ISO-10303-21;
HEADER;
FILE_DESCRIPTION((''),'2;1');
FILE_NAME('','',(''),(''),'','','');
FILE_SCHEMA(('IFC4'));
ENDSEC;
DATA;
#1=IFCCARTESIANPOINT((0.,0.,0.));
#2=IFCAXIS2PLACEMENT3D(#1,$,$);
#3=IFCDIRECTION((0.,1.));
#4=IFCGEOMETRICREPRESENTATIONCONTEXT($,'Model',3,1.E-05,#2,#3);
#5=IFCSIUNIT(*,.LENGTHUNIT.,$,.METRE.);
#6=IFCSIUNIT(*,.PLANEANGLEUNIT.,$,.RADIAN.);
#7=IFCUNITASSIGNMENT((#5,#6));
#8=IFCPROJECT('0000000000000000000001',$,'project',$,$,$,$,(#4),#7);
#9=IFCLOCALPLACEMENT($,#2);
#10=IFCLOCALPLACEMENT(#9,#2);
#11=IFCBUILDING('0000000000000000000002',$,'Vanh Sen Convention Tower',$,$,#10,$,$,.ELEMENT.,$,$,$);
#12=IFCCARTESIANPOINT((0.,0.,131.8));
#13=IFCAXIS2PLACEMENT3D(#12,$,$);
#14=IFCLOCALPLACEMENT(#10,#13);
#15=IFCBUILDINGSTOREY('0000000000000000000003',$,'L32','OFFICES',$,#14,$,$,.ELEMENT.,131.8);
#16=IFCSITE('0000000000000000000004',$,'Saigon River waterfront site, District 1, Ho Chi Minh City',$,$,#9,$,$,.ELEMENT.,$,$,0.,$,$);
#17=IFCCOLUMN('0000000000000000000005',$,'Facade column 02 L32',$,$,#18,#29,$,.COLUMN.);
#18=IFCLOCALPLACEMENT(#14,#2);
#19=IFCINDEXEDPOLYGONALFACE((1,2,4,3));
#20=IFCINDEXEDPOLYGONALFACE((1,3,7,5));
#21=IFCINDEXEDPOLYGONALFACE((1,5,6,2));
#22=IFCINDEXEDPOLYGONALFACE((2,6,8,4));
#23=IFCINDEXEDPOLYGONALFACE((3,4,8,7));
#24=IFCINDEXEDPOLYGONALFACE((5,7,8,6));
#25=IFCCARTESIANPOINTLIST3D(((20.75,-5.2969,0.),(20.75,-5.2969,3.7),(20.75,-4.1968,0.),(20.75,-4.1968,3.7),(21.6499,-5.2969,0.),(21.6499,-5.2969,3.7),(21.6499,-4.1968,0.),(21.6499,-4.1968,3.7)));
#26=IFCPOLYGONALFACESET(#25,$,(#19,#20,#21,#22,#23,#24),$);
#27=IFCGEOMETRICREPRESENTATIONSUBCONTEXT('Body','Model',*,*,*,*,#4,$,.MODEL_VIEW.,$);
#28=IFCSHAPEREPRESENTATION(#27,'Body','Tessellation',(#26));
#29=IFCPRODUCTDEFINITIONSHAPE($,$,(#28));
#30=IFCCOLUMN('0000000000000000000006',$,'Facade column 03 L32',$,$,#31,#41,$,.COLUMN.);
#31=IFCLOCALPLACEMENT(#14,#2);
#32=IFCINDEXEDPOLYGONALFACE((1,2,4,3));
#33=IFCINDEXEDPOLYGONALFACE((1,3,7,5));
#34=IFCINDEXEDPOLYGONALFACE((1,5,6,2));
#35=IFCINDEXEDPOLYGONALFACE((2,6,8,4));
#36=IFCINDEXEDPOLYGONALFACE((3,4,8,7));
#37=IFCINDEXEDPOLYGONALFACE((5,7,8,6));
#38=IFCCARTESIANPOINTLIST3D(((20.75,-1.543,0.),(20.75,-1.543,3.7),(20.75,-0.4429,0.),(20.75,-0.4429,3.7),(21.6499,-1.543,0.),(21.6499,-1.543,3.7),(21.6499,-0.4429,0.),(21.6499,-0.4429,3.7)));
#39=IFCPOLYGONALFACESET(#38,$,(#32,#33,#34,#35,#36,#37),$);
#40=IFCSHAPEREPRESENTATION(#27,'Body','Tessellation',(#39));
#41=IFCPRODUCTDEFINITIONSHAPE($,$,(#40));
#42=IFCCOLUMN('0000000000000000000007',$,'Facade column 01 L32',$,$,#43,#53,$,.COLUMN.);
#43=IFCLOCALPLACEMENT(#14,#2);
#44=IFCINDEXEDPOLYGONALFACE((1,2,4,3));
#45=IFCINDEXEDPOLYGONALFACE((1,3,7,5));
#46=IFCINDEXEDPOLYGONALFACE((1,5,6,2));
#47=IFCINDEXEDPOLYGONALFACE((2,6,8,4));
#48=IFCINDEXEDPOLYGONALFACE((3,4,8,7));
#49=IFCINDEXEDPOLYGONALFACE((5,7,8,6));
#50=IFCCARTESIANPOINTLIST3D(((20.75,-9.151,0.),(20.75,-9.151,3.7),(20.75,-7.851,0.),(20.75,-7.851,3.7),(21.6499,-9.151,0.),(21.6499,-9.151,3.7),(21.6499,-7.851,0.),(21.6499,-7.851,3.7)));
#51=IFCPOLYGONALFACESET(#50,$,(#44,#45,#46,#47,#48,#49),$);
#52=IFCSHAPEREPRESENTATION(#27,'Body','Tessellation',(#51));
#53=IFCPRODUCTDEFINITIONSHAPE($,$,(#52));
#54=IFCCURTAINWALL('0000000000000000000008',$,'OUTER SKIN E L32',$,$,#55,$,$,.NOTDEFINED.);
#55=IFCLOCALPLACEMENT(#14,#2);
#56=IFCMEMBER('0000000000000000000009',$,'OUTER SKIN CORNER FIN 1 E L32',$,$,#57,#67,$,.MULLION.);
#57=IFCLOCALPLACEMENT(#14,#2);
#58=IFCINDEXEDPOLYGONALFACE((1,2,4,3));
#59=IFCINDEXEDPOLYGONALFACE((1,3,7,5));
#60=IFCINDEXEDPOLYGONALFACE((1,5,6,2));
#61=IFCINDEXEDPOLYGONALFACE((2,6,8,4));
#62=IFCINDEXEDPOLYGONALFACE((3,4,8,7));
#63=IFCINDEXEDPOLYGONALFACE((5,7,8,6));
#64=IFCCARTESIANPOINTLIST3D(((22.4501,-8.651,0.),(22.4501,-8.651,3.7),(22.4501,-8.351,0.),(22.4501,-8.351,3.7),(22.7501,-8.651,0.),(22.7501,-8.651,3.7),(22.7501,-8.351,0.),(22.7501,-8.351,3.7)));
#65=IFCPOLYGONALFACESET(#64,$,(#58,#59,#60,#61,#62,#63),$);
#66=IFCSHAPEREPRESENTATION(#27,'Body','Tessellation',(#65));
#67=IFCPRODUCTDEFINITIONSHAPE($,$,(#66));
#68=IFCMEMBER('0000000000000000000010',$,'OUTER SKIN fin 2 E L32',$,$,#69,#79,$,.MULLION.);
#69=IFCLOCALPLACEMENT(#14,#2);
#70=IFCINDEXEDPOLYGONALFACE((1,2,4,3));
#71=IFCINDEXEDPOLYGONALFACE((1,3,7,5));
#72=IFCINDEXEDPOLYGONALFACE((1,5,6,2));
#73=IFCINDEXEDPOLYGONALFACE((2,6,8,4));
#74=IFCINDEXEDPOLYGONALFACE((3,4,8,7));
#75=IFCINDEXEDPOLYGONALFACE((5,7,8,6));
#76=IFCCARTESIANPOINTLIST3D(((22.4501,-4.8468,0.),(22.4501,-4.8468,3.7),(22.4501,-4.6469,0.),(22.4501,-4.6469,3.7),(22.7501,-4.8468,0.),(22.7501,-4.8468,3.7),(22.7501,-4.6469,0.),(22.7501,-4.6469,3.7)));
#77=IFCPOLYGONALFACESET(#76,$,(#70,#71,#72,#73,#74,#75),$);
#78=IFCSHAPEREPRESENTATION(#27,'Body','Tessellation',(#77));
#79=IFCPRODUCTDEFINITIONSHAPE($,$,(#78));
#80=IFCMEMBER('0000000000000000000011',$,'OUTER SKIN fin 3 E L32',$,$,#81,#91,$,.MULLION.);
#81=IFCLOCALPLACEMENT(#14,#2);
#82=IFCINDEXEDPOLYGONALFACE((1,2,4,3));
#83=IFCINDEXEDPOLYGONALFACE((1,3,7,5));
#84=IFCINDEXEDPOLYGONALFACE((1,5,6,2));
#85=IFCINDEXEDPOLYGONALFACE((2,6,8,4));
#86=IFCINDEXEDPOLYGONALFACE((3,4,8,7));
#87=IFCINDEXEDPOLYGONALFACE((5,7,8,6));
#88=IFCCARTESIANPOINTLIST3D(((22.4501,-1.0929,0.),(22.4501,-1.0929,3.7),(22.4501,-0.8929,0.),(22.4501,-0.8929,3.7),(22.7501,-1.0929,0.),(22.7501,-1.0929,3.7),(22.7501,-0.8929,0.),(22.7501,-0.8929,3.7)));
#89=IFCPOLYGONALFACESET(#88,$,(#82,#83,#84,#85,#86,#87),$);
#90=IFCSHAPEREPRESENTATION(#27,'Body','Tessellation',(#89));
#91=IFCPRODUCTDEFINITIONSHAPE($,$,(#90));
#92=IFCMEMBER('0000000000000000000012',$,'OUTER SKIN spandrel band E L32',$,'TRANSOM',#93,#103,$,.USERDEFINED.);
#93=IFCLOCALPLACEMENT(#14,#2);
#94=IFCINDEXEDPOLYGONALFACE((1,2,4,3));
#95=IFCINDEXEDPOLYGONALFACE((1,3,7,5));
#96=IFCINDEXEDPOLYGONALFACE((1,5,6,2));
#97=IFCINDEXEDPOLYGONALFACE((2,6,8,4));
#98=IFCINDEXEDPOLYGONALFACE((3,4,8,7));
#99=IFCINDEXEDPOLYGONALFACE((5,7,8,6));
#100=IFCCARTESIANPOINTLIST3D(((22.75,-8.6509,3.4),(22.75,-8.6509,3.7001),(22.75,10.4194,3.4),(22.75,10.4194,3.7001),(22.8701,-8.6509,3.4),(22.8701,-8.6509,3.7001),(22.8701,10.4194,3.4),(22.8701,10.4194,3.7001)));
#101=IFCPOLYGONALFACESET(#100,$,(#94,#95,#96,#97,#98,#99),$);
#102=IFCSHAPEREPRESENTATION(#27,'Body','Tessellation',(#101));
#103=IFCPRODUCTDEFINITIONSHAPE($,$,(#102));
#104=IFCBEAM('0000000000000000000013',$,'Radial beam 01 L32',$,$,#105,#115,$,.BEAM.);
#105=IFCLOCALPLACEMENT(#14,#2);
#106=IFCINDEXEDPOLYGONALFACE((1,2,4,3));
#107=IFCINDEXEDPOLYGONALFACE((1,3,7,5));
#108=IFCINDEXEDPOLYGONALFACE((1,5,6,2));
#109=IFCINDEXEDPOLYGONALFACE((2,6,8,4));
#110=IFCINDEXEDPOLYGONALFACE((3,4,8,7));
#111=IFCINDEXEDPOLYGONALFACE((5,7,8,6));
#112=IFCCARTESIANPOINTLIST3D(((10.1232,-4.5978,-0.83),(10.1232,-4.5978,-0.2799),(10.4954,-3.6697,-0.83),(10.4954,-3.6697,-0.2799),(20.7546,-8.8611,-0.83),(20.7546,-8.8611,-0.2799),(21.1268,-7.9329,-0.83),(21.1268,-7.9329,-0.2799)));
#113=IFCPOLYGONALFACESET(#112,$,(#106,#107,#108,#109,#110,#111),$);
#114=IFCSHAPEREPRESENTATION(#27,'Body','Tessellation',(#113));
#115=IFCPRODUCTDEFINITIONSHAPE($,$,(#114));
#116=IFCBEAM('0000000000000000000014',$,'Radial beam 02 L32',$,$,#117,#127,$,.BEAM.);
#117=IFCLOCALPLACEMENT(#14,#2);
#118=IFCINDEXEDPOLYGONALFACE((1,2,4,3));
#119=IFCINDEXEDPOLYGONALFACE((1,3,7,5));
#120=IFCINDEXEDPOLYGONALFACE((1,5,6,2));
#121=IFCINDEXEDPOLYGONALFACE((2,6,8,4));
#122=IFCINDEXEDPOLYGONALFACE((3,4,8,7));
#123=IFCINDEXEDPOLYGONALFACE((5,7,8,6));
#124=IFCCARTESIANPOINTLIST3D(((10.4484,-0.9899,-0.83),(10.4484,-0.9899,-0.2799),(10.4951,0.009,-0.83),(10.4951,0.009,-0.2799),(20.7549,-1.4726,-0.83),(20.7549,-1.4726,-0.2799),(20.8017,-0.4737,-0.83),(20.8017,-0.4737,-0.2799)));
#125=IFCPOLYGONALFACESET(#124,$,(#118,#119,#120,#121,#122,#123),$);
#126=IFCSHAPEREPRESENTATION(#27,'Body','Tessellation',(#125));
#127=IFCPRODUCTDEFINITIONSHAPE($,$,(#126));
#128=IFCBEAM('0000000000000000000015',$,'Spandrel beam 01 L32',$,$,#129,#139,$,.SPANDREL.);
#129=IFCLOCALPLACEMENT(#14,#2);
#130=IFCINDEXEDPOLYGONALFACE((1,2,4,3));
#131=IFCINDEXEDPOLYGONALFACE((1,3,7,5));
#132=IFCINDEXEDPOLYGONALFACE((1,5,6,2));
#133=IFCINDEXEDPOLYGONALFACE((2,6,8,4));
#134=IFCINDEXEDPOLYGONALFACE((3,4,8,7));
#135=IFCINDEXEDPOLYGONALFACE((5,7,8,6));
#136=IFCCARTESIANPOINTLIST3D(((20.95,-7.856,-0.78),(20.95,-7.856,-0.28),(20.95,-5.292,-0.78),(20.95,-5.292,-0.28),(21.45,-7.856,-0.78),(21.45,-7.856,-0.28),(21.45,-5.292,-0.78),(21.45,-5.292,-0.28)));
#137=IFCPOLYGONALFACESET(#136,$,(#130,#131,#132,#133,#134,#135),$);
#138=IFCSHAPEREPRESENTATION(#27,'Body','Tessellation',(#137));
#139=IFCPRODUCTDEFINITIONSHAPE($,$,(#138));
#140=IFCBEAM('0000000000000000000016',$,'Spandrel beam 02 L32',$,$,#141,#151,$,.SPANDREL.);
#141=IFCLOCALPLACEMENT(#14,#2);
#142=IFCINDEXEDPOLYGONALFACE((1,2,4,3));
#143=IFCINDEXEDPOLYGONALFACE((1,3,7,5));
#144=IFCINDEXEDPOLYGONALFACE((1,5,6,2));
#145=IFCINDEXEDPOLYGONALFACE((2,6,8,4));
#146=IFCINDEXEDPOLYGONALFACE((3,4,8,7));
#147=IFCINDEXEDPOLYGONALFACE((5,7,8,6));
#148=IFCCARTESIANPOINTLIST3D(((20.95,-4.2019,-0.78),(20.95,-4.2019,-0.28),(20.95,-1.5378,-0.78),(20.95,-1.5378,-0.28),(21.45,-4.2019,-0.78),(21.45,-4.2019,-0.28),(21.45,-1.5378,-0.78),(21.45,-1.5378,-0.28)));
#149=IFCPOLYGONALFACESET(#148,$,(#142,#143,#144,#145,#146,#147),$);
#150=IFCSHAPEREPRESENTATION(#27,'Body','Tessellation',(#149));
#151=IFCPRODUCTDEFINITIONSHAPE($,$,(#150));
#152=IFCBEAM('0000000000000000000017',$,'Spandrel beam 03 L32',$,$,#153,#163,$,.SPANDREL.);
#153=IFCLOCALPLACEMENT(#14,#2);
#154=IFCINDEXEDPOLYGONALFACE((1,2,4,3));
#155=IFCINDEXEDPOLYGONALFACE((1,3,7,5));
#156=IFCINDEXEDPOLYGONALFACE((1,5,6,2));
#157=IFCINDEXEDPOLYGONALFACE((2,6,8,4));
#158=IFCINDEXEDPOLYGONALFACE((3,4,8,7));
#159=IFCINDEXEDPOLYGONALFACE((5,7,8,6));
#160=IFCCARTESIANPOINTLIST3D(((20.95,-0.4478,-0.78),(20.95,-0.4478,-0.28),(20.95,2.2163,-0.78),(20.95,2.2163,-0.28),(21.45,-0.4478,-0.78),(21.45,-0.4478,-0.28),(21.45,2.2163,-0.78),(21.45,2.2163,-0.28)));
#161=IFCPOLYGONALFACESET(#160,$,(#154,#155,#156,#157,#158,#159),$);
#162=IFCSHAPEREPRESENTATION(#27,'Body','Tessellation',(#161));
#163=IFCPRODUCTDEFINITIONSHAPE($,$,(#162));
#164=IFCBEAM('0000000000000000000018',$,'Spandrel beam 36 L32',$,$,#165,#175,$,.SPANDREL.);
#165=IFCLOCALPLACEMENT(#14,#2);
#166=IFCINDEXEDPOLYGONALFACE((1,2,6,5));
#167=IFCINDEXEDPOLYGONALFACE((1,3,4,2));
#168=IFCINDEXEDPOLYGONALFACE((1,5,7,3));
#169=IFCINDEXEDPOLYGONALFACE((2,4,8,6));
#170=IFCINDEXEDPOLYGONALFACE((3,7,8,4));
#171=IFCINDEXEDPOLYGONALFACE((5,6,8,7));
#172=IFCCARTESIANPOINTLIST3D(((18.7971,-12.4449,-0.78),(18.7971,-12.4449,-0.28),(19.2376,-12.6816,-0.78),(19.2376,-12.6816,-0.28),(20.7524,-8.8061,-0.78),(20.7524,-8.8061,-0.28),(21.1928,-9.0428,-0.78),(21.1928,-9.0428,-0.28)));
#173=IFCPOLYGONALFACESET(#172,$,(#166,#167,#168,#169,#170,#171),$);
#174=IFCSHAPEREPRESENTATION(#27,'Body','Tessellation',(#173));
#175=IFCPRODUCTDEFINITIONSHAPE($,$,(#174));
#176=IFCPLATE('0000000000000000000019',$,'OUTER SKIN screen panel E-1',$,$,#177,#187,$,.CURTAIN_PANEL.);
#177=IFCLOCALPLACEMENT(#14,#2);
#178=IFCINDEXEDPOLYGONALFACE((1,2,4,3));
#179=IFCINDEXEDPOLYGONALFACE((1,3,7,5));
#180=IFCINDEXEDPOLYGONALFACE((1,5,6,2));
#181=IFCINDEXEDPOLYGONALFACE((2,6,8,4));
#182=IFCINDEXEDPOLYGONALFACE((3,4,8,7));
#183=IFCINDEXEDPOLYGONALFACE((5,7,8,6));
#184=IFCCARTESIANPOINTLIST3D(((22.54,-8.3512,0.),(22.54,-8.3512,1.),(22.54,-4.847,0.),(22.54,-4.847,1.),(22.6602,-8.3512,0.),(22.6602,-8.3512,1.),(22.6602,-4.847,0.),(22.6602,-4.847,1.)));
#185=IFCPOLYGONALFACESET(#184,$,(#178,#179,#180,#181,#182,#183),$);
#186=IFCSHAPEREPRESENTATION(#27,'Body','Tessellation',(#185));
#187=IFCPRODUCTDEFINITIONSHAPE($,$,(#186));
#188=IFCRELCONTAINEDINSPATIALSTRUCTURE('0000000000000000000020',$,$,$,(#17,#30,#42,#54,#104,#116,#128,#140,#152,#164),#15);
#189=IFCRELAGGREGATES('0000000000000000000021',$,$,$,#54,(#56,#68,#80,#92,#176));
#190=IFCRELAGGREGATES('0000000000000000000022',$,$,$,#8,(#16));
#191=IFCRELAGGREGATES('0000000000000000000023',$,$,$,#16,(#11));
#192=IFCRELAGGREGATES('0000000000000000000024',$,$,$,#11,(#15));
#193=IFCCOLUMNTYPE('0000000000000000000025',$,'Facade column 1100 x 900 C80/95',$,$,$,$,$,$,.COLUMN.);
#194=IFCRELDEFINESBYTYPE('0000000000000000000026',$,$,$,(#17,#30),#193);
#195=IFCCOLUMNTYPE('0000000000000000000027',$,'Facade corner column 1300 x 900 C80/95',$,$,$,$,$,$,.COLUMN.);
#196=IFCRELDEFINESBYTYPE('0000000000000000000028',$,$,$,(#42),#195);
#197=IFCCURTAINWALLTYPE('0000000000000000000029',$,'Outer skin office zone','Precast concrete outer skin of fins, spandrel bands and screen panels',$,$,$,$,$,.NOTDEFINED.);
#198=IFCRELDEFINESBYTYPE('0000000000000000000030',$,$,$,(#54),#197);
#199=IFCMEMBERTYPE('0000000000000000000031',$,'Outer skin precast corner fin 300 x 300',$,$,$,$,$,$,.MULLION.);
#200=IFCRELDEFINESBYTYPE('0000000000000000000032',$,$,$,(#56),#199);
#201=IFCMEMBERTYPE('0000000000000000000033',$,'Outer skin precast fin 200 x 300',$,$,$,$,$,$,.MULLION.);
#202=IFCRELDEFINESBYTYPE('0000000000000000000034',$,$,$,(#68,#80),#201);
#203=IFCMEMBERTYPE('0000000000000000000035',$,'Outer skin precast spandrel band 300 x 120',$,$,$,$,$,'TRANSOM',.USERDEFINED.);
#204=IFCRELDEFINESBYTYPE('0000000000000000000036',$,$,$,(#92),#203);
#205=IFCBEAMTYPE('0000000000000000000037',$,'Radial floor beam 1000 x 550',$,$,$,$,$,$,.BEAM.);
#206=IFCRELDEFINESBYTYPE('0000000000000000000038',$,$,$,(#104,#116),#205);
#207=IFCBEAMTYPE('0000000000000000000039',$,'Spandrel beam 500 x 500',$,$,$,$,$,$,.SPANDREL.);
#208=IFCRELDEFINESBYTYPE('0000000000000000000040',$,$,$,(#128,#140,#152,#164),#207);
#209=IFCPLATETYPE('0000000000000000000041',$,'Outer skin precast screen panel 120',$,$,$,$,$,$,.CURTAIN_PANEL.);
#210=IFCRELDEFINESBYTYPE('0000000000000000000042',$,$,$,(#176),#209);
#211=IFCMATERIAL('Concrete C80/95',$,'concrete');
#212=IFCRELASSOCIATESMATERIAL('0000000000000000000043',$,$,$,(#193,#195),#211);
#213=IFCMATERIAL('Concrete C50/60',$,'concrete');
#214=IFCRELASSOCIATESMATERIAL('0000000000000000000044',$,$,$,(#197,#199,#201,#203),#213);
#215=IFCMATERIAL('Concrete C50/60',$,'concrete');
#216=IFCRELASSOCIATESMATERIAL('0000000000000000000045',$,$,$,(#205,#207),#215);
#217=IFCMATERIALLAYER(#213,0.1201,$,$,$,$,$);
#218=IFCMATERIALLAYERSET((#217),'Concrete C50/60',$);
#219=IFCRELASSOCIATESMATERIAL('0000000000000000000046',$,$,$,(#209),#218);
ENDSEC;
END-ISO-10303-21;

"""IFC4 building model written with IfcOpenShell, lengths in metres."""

from ifc_helpers import new_model, si_unit, direction, frame, origin, origin_2d, place, context, subcontext, project, spatial, rectangle, extrude, material, layer, layer_set, material_profile, profile_set, type_object, element, aggregate, save


model = new_model("IFC4")

# Units and contexts
model_context = context("Model", 3, precision=1e-05, world=origin(), true_north=direction((0.0, 1.0)))
body_context = subcontext(model_context, "Body", "Model", "MODEL_VIEW")
ifc_project = project(units=[si_unit("LENGTHUNIT", "METRE"), si_unit("PLANEANGLEUNIT", "RADIAN")], contexts=[model_context])

# Site, building, storey
site_placement = place(None, origin())
site = spatial("IfcSite", under=ifc_project, at=site_placement, Name="Saigon River waterfront site, District 1, Ho Chi Minh City", CompositionType="ELEMENT", RefElevation=0.0)
building_placement = place(site_placement, origin())
building = spatial("IfcBuilding", under=site, at=building_placement, Name="Vanh Sen Convention Tower", CompositionType="ELEMENT")
storey_placement = place(building_placement, frame((0.0, 0.0, 131.8)))
storey = spatial("IfcBuildingStorey", under=building, at=storey_placement, Name="L32", Description="OFFICES", CompositionType="ELEMENT", Elevation=131.8)

# Columns
ifc_material_1 = material(Name="Concrete C80/95", Category="concrete")
ifc_material_profile_1 = material_profile(ifc_material_1, rectangle(XDim=1.1001, YDim=0.8999, at=origin_2d()), Name="RC 1100X900")
ifc_profile_set_1 = profile_set([ifc_material_profile_1], Name="Concrete C80/95")
column_type_1 = type_object("IfcColumnType", Name="Facade column 1100 x 900 C80/95", PredefinedType="COLUMN", material=ifc_profile_set_1)
for number, where, z_axis, x_axis, name in (
    (1, (21.2, -4.7468, 0.0), (0.0, 0.0, 1.0), (0.0, 1.0, 0.0), "Facade column 02 L32"),
    (2, (21.2, -0.9929, 0.0), (0.0, 0.0, 1.0), (0.0, 1.0, 0.0), "Facade column 03 L32"),
):
    element("IfcColumn", number, at=place(storey_placement, frame(where, z_axis=z_axis, x_axis=x_axis)), inside=storey, type_object=column_type_1, Name=name, PredefinedType="COLUMN", context=body_context, shape_type="SweptSolid", body=[
        extrude(rectangle(XDim=1.1001, YDim=0.8999, at=origin_2d()), origin(), (0.0, 0.0, 1.0), 3.7),
    ])
ifc_material_profile_2 = material_profile(ifc_material_1, rectangle(XDim=1.3, YDim=0.8999, at=origin_2d()), Name="RC 1300X900")
ifc_profile_set_2 = profile_set([ifc_material_profile_2], Name="Concrete C80/95")
column_type_2 = type_object("IfcColumnType", Name="Facade corner column 1300 x 900 C80/95", PredefinedType="COLUMN", material=ifc_profile_set_2)
column_placement = place(storey_placement, frame((21.2, -8.501, 0.0), z_axis=(0.0, 0.0, 1.0), x_axis=(0.0, 1.0, 0.0)))
element("IfcColumn", 3, at=column_placement, inside=storey, type_object=column_type_2, Name="Facade column 01 L32", PredefinedType="COLUMN", context=body_context, shape_type="SweptSolid", body=[
    extrude(rectangle(XDim=1.3, YDim=0.8999, at=origin_2d()), origin(), (0.0, 0.0, 1.0), 3.7),
])

# Curtain wall, members
ifc_material_2 = material(Name="Concrete C50/60", Category="concrete")
curtain_wall_type = type_object("IfcCurtainWallType", Name="Outer skin office zone", Description="Precast concrete outer skin of fins, spandrel bands and screen panels", PredefinedType="NOTDEFINED", material=ifc_material_2)
curtain_wall_1_placement = place(storey_placement, origin())
curtain_wall_1 = element("IfcCurtainWall", 4, at=curtain_wall_1_placement, inside=storey, type_object=curtain_wall_type, Name="OUTER SKIN E L32", PredefinedType="NOTDEFINED")
ifc_material_profile_3 = material_profile(ifc_material_2, rectangle(XDim=0.3, YDim=0.3, at=origin_2d()), Name="Outer skin precast corner fin 300 x 300")
ifc_profile_set_3 = profile_set([ifc_material_profile_3], Name="Concrete C50/60")
member_type_1 = type_object("IfcMemberType", Name="Outer skin precast corner fin 300 x 300", PredefinedType="MULLION", material=ifc_profile_set_3)
member_1_placement = place(storey_placement, frame((22.6001, -8.501, 0.0), z_axis=(0.0, 0.0, 1.0), x_axis=(0.0, 1.0, 0.0)))
member_1 = element("IfcMember", 5, at=member_1_placement, type_object=member_type_1, Name="OUTER SKIN CORNER FIN 1 E L32", PredefinedType="MULLION", context=body_context, shape_type="SweptSolid", body=[
    extrude(rectangle(XDim=0.3, YDim=0.3, at=origin_2d()), origin(), (0.0, 0.0, 1.0), 3.7),
])
ifc_material_profile_4 = material_profile(ifc_material_2, rectangle(XDim=0.2, YDim=0.3, at=origin_2d()), Name="Outer skin precast fin 200 x 300")
ifc_profile_set_4 = profile_set([ifc_material_profile_4], Name="Concrete C50/60")
member_type_2 = type_object("IfcMemberType", Name="Outer skin precast fin 200 x 300", PredefinedType="MULLION", material=ifc_profile_set_4)
member_2_placement = place(storey_placement, frame((22.6001, -4.7468, 0.0), z_axis=(0.0, 0.0, 1.0), x_axis=(0.0, 1.0, 0.0)))
member_2 = element("IfcMember", 6, at=member_2_placement, type_object=member_type_2, Name="OUTER SKIN fin 2 E L32", PredefinedType="MULLION", context=body_context, shape_type="SweptSolid", body=[
    extrude(rectangle(XDim=0.2, YDim=0.3, at=origin_2d()), origin(), (0.0, 0.0, 1.0), 3.7),
])
member_3_placement = place(storey_placement, frame((22.6001, -0.9929, 0.0), z_axis=(0.0, 0.0, 1.0), x_axis=(0.0, 1.0, 0.0)))
member_3 = element("IfcMember", 7, at=member_3_placement, type_object=member_type_2, Name="OUTER SKIN fin 3 E L32", PredefinedType="MULLION", context=body_context, shape_type="SweptSolid", body=[
    extrude(rectangle(XDim=0.2, YDim=0.3, at=origin_2d()), origin(), (0.0, 0.0, 1.0), 3.7),
])
ifc_material_profile_5 = material_profile(ifc_material_2, rectangle(XDim=0.1201, YDim=0.3, at=origin_2d()), Name="Outer skin precast spandrel band 300 x 120")
ifc_profile_set_5 = profile_set([ifc_material_profile_5], Name="Concrete C50/60")
member_type_3 = type_object("IfcMemberType", Name="Outer skin precast spandrel band 300 x 120", ElementType="TRANSOM", PredefinedType="USERDEFINED", material=ifc_profile_set_5)
member_4_placement = place(storey_placement, frame((22.8101, -8.6509, 3.55), z_axis=(0.0, 1.0, 0.0), x_axis=(-1.0, 0.0, 0.0)))
member_4 = element("IfcMember", 8, at=member_4_placement, type_object=member_type_3, Name="OUTER SKIN spandrel band E L32", ObjectType="TRANSOM", PredefinedType="USERDEFINED", context=body_context, shape_type="SweptSolid", body=[
    extrude(rectangle(XDim=0.1201, YDim=0.3, at=origin_2d()), origin(), (0.0, 0.0, 1.0), 19.0703),
])

# Beams
ifc_material_3 = material(Name="Concrete C50/60", Category="concrete")
ifc_material_profile_6 = material_profile(ifc_material_3, rectangle(XDim=1.0, YDim=0.55, at=origin_2d()), Name="RC 1000X550")
ifc_profile_set_6 = profile_set([ifc_material_profile_6], Name="Concrete C50/60")
beam_type_1 = type_object("IfcBeamType", Name="Radial floor beam 1000 x 550", PredefinedType="BEAM", material=ifc_profile_set_6)
beam_1_placement = place(storey_placement, frame((20.9407, -8.397, -0.5549), z_axis=(-0.928156, 0.372192, 0.0), x_axis=(-0.372192, -0.928156, 0.0)))
element("IfcBeam", 9, at=beam_1_placement, inside=storey, type_object=beam_type_1, Name="Radial beam 01 L32", PredefinedType="BEAM", context=body_context, shape_type="SweptSolid", body=[
    extrude(rectangle(XDim=1.0, YDim=0.55, at=origin_2d()), origin(), (0.0, 0.0, 1.0), 11.4543),
])
beam_2_placement = place(storey_placement, frame((20.7783, -0.9731, -0.5549), z_axis=(-0.998905, 0.046779, 0.0), x_axis=(-0.046779, -0.998905, 0.0)))
element("IfcBeam", 10, at=beam_2_placement, inside=storey, type_object=beam_type_1, Name="Radial beam 02 L32", PredefinedType="BEAM", context=body_context, shape_type="SweptSolid", body=[
    extrude(rectangle(XDim=1.0, YDim=0.55, at=origin_2d()), origin(), (0.0, 0.0, 1.0), 10.3179),
])
ifc_material_profile_7 = material_profile(ifc_material_3, rectangle(XDim=0.5, YDim=0.5, at=origin_2d()), Name="RC 500X500")
ifc_profile_set_7 = profile_set([ifc_material_profile_7], Name="Concrete C50/60")
beam_type_2 = type_object("IfcBeamType", Name="Spandrel beam 500 x 500", PredefinedType="SPANDREL", material=ifc_profile_set_7)
beam_3_placement = place(storey_placement, frame((21.2, -7.856, -0.53), z_axis=(0.0, 1.0, 0.0), x_axis=(-1.0, 0.0, 0.0)))
element("IfcBeam", 11, at=beam_3_placement, inside=storey, type_object=beam_type_2, Name="Spandrel beam 01 L32", PredefinedType="SPANDREL", context=body_context, shape_type="SweptSolid", body=[
    extrude(rectangle(XDim=0.5, YDim=0.5, at=origin_2d()), origin(), (0.0, 0.0, 1.0), 2.564),
])
for number, where, z_axis, x_axis, name in (
    (12, (21.2, -4.2019, -0.53), (0.0, 1.0, 0.0), (-1.0, 0.0, 0.0), "Spandrel beam 02 L32"),
    (13, (21.2, -0.4478, -0.53), (0.0, 1.0, 0.0), (-1.0, 0.0, 0.0), "Spandrel beam 03 L32"),
):
    element("IfcBeam", number, at=place(storey_placement, frame(where, z_axis=z_axis, x_axis=x_axis)), inside=storey, type_object=beam_type_2, Name=name, PredefinedType="SPANDREL", context=body_context, shape_type="SweptSolid", body=[
        extrude(rectangle(XDim=0.5, YDim=0.5, at=origin_2d()), origin(), (0.0, 0.0, 1.0), 2.6641),
    ])
beam_4_placement = place(storey_placement, frame((19.0173, -12.5632, -0.53), z_axis=(0.473331, 0.880884, 0.0), x_axis=(-0.880884, 0.473331, 0.0)))
element("IfcBeam", 14, at=beam_4_placement, inside=storey, type_object=beam_type_2, Name="Spandrel beam 36 L32", PredefinedType="SPANDREL", context=body_context, shape_type="SweptSolid", body=[
    extrude(rectangle(XDim=0.5, YDim=0.5, at=origin_2d()), origin(), (0.0, 0.0, 1.0), 4.1309),
])

# Plate
ifc_layer_1 = layer(ifc_material_2, 0.1201)
ifc_layer_set_1 = layer_set([ifc_layer_1], Name="Concrete C50/60")
plate_type = type_object("IfcPlateType", Name="Outer skin precast screen panel 120", PredefinedType="CURTAIN_PANEL", material=ifc_layer_set_1)
plate_1_placement = place(storey_placement, frame((22.6001, -6.5991, 0.0), z_axis=(0.0, 0.0, 1.0), x_axis=(0.0, 1.0, 0.0)))
plate_1 = element("IfcPlate", 15, at=plate_1_placement, type_object=plate_type, Name="OUTER SKIN screen panel E-1", PredefinedType="CURTAIN_PANEL", context=body_context, shape_type="SweptSolid", body=[
    extrude(rectangle(XDim=3.5042, YDim=0.1201, at=origin_2d()), origin(), (0.0, 0.0, 1.0), 1.0),
])
aggregate(curtain_wall_1, [member_1, member_2, member_3, member_4, plate_1])

save(model, "model.ifc")
